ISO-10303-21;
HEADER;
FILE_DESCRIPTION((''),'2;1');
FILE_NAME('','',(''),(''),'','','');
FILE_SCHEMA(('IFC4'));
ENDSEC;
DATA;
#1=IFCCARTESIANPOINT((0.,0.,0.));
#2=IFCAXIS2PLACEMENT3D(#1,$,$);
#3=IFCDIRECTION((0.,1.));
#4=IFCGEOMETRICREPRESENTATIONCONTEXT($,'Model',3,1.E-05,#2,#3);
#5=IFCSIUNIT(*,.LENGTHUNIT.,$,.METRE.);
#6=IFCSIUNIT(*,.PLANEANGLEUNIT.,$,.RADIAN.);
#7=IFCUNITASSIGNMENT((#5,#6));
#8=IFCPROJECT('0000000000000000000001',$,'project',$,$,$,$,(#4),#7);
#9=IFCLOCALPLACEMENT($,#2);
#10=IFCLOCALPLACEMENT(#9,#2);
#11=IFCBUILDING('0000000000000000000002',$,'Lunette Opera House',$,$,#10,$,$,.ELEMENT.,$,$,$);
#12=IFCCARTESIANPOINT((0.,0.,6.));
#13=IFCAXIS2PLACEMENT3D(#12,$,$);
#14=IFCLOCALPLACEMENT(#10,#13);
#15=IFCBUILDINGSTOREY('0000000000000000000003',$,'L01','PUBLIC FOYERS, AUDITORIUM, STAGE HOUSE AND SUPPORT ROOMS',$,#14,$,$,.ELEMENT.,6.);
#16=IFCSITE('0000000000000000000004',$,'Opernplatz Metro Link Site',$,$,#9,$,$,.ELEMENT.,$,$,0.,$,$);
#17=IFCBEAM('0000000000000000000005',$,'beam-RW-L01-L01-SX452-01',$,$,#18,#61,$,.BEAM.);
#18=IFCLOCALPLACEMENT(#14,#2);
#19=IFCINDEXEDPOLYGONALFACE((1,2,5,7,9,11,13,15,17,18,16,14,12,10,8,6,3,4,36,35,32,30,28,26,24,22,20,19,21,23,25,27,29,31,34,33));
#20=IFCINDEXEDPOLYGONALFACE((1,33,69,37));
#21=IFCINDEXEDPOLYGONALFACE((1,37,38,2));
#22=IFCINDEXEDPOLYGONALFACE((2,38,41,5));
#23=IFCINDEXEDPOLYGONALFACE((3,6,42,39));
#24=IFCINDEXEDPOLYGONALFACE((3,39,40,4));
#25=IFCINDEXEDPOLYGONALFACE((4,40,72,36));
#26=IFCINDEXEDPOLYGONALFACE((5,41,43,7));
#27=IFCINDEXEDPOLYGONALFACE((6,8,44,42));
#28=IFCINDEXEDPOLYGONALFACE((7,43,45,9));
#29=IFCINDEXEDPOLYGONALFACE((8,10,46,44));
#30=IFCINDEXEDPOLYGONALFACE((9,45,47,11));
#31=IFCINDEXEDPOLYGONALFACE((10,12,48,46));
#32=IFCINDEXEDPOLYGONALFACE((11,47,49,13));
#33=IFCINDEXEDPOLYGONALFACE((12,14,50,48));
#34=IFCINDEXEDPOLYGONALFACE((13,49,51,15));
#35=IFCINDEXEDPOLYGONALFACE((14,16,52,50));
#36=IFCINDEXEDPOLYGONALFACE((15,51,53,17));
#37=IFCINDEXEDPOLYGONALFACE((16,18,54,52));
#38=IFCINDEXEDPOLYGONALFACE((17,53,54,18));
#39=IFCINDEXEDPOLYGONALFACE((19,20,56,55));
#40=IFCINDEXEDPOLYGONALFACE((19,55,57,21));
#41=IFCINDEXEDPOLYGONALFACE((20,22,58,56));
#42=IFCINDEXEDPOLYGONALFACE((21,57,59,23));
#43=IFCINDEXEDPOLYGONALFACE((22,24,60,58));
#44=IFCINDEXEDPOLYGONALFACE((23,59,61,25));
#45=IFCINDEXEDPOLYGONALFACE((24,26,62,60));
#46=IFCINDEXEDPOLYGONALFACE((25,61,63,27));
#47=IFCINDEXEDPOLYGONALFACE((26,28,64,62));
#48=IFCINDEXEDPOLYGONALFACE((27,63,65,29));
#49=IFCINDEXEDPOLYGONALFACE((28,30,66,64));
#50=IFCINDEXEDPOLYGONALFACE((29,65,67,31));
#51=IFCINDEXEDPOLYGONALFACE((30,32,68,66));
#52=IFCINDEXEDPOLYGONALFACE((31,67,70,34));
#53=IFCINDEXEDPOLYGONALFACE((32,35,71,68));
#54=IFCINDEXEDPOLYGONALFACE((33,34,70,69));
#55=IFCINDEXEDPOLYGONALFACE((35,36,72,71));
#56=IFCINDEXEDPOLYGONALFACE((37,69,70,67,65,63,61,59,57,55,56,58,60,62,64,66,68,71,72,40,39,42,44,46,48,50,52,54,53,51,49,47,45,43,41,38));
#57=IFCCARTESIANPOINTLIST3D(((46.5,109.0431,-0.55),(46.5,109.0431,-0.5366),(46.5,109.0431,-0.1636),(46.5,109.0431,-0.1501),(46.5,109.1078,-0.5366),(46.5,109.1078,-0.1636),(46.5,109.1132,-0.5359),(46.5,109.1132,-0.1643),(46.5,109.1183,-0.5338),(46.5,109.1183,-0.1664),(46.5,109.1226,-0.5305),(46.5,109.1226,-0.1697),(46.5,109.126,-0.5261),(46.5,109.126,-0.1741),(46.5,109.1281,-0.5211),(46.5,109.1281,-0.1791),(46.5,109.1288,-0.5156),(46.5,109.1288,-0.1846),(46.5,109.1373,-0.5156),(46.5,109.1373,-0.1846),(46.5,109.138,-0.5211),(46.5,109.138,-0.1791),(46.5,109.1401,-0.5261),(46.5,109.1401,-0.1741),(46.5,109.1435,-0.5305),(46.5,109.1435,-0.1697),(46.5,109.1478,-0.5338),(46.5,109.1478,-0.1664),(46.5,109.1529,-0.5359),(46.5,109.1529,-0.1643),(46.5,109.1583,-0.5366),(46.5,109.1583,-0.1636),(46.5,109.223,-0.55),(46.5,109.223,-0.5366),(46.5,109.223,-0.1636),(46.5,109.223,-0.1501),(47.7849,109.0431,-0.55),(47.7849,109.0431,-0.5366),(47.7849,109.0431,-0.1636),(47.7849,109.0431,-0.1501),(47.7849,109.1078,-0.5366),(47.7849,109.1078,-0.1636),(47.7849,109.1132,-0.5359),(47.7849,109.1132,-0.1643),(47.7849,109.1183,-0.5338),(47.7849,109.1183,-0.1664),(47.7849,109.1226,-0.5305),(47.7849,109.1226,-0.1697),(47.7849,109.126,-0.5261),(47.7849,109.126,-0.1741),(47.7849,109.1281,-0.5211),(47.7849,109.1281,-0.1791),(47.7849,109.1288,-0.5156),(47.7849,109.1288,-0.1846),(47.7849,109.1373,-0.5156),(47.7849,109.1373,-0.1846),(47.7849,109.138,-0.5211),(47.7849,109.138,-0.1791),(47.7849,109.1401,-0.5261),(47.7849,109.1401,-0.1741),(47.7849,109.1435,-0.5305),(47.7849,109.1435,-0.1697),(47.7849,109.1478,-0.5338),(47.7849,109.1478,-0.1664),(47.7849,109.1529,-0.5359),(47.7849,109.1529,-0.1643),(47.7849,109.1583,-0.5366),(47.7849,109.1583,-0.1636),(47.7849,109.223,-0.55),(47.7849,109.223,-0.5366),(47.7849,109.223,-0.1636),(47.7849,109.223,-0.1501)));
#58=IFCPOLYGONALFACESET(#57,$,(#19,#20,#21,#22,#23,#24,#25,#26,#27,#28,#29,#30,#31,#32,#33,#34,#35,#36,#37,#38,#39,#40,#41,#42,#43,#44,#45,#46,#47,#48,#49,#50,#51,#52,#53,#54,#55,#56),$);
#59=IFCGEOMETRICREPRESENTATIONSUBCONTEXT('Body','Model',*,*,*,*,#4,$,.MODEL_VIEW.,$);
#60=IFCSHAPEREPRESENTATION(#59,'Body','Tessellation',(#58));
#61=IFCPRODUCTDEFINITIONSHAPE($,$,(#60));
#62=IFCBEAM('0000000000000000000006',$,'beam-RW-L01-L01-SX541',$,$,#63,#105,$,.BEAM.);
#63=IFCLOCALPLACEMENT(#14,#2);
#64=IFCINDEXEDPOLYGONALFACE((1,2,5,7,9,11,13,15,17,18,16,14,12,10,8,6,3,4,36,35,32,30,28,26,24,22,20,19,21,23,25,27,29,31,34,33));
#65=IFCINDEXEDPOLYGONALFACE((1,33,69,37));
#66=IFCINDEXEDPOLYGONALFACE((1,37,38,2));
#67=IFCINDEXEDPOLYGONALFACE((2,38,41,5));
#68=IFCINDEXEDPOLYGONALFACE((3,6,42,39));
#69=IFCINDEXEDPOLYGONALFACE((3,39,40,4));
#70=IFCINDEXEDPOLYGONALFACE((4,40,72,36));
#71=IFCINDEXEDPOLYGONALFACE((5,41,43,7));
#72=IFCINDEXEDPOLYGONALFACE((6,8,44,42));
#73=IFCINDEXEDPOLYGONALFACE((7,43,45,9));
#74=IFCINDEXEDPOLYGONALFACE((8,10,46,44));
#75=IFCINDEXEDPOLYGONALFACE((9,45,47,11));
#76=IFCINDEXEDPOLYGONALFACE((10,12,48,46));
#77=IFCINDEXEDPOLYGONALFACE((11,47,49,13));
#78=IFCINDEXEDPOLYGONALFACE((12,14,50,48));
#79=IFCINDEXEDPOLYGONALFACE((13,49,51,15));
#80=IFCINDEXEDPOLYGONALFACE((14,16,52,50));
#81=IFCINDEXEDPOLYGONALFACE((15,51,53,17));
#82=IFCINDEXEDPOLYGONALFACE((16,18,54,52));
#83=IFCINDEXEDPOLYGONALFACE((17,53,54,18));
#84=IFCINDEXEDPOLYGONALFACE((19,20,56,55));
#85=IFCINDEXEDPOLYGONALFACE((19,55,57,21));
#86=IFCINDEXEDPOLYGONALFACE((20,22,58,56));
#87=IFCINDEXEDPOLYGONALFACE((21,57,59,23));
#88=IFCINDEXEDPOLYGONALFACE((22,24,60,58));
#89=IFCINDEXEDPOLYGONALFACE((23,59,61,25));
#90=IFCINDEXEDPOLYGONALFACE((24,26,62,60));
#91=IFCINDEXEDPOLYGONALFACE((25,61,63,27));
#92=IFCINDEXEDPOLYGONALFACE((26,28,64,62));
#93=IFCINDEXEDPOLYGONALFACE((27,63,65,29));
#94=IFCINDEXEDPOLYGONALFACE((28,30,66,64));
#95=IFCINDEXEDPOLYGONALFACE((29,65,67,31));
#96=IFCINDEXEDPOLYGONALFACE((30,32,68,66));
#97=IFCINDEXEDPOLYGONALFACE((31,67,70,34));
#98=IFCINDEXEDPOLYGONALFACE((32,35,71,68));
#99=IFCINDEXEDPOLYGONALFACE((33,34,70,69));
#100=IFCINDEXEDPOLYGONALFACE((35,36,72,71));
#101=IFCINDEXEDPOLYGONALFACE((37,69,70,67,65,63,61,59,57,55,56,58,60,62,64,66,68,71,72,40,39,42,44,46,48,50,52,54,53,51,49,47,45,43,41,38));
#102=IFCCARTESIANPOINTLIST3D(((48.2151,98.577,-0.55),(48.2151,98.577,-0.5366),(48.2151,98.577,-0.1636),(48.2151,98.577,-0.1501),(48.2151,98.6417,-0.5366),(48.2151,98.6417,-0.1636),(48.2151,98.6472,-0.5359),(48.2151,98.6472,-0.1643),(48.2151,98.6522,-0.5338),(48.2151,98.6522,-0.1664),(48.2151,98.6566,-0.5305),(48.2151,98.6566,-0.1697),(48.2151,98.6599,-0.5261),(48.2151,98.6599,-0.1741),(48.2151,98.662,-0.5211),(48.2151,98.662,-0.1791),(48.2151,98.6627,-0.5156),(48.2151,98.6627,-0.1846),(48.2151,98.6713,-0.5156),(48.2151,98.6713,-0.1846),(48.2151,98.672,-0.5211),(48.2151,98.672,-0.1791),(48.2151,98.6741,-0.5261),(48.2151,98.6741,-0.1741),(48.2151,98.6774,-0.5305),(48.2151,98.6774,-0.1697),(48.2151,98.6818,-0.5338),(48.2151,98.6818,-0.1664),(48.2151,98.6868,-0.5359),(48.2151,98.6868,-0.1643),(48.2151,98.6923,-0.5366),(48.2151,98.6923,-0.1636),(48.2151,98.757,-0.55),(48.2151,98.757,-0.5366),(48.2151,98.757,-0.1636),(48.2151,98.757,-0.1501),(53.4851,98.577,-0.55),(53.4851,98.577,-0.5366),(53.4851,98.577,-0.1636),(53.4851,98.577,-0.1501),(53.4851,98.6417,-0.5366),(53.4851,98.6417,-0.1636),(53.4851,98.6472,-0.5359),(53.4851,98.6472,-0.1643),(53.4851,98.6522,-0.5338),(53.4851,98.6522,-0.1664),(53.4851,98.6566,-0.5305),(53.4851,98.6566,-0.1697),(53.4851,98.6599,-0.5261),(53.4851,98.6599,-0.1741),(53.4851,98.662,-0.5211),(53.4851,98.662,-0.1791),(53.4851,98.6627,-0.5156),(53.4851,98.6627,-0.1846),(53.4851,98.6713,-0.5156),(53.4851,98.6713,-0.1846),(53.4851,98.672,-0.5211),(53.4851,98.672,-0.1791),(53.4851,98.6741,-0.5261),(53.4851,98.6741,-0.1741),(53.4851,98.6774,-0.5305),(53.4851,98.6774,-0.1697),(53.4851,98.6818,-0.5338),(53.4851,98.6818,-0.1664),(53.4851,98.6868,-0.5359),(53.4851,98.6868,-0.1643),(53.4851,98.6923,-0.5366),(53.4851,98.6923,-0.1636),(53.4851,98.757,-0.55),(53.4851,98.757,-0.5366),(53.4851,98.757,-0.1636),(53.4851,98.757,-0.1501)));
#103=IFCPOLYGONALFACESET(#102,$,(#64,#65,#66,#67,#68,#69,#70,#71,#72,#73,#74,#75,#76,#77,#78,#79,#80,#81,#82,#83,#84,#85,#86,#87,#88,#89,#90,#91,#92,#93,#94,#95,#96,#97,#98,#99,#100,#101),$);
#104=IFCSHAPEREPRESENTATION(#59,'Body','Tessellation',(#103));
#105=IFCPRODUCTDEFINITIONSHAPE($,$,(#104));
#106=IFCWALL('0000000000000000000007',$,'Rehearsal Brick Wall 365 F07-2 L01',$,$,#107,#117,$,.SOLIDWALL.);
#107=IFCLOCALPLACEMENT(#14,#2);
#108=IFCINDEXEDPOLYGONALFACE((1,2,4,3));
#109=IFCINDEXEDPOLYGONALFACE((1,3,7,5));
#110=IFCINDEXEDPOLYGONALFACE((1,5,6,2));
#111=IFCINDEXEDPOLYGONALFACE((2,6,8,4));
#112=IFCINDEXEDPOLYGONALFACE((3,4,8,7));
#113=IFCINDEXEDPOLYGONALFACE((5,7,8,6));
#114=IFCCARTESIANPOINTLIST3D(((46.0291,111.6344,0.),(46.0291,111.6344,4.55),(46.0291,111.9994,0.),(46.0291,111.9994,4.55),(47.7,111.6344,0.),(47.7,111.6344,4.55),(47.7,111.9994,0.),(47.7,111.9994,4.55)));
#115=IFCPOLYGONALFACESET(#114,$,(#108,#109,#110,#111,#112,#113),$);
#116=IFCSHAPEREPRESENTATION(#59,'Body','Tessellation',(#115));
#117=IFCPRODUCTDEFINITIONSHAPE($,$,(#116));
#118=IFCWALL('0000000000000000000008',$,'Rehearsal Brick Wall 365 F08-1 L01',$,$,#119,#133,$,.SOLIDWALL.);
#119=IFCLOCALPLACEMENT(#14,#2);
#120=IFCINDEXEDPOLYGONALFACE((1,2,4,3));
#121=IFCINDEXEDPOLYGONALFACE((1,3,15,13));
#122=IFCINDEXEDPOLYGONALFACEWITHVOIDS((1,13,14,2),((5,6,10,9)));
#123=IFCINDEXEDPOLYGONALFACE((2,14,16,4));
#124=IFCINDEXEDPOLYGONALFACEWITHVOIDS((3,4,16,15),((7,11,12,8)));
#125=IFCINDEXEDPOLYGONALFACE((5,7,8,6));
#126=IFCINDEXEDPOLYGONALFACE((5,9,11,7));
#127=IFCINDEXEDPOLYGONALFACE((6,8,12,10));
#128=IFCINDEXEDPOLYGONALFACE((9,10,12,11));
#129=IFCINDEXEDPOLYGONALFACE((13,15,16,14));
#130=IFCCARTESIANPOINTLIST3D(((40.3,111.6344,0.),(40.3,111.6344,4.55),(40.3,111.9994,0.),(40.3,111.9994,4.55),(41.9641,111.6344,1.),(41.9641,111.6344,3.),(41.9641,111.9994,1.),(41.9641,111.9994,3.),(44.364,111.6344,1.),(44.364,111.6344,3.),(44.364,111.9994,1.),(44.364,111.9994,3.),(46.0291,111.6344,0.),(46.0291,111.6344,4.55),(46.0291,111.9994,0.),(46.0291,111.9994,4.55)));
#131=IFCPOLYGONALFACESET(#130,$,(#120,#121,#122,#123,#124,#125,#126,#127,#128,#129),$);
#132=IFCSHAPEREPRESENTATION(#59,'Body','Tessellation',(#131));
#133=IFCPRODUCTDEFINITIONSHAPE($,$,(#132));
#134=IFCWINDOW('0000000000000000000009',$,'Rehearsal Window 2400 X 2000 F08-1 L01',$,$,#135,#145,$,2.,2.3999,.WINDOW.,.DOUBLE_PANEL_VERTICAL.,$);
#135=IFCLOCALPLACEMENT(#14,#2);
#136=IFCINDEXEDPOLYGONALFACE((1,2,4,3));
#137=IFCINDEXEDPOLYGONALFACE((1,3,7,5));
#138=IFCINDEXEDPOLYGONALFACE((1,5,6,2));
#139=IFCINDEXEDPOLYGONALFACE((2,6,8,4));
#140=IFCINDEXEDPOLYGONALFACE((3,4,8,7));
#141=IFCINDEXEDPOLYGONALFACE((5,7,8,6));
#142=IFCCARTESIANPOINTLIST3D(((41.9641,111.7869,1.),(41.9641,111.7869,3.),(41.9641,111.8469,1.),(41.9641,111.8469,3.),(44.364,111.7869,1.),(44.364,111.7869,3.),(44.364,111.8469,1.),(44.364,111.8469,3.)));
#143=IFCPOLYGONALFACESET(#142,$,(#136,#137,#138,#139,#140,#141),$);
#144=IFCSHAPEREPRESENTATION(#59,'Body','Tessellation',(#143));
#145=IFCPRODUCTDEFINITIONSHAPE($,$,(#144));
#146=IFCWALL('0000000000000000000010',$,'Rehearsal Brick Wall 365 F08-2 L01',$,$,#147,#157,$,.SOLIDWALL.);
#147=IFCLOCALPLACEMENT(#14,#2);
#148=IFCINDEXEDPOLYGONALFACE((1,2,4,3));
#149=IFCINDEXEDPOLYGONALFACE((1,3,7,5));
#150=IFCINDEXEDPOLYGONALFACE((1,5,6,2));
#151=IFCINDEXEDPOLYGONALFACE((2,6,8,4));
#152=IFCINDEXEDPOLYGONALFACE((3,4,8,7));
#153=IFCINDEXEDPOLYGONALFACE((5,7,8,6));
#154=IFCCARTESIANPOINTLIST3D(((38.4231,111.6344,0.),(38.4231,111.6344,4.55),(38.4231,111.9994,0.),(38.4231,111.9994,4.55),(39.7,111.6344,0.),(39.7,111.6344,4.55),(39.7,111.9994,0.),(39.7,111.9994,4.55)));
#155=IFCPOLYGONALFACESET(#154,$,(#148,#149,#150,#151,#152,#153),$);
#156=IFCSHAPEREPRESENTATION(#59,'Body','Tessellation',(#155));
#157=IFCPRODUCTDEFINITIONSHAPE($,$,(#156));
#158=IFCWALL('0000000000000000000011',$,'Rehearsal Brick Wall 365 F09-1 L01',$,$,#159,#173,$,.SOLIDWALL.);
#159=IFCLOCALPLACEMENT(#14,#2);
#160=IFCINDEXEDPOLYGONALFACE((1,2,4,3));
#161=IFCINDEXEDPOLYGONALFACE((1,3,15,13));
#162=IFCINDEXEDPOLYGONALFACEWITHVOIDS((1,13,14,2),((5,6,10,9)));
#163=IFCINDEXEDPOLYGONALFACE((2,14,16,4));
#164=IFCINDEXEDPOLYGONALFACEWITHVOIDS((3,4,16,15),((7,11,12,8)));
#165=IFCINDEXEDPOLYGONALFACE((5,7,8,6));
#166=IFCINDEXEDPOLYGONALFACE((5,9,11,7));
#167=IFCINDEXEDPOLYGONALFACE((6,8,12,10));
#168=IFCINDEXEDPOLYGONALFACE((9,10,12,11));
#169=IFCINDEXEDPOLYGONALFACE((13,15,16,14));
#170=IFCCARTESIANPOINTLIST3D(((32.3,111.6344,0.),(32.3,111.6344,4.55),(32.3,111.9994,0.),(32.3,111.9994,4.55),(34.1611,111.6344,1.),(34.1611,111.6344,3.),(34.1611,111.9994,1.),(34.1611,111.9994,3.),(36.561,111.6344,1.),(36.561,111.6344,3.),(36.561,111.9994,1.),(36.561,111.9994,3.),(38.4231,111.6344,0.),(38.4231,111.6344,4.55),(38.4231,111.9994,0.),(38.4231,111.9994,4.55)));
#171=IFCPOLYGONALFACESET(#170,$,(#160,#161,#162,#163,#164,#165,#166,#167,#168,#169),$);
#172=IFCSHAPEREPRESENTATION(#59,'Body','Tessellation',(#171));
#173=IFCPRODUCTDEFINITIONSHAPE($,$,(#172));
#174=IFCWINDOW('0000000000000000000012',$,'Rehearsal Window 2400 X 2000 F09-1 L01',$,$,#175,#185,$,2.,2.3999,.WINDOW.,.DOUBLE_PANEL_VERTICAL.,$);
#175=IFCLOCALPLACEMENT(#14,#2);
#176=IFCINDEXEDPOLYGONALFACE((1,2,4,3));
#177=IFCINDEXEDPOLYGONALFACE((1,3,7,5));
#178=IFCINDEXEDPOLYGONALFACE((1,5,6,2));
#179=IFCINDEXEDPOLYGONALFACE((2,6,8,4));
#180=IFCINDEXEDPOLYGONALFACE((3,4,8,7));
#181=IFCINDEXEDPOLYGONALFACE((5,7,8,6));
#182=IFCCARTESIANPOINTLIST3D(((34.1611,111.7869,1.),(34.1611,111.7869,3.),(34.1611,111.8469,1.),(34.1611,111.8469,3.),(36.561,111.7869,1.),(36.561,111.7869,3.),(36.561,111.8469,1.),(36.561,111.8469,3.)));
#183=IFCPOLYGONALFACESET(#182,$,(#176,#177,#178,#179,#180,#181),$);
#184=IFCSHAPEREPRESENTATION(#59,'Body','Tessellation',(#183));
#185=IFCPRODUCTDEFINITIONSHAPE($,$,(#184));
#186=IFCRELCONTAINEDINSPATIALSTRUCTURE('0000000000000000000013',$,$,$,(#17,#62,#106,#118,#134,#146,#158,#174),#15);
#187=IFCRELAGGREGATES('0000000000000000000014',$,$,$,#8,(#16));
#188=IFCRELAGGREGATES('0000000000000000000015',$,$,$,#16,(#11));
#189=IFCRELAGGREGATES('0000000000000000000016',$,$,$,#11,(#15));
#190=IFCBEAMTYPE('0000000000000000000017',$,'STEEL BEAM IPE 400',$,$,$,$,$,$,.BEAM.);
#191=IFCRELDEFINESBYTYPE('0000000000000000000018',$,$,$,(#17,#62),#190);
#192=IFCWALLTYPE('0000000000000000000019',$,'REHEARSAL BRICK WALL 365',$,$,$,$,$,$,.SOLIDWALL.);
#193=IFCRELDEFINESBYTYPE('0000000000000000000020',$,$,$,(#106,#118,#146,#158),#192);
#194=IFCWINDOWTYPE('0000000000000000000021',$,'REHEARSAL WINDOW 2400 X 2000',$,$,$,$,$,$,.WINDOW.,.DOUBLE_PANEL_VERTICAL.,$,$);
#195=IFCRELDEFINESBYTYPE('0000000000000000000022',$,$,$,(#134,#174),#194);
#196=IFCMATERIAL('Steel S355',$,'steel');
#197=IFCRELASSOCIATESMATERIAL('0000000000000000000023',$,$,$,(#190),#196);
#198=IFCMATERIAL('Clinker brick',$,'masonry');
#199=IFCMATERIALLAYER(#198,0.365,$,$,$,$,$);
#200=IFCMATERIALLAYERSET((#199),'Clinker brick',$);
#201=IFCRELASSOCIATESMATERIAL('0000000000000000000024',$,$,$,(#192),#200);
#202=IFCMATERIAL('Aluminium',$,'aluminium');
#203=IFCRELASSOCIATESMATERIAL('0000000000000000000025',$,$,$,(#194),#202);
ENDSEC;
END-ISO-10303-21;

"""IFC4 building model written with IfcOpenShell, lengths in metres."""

from ifc_helpers import new_model, si_unit, direction, frame, frame_2d, origin, origin_2d, place, context, subcontext, project, spatial, rectangle, i_section, extrude, material, layer, layer_set, material_profile, profile_set, type_object, element, fill, save


model = new_model("IFC4")

# Units and contexts
model_context = context("Model", 3, precision=1e-05, world=origin(), true_north=direction((0.0, 1.0)))
body_context = subcontext(model_context, "Body", "Model", "MODEL_VIEW")
ifc_project = project(units=[si_unit("LENGTHUNIT", "METRE"), si_unit("PLANEANGLEUNIT", "RADIAN")], contexts=[model_context])

# Site, building, storey
site_placement = place(None, origin())
site = spatial("IfcSite", under=ifc_project, at=site_placement, Name="Opernplatz Metro Link Site", CompositionType="ELEMENT", RefElevation=0.0)
building_placement = place(site_placement, origin())
building = spatial("IfcBuilding", under=site, at=building_placement, Name="Lunette Opera House", CompositionType="ELEMENT")
storey_placement = place(building_placement, frame((0.0, 0.0, 6.0)))
storey = spatial("IfcBuildingStorey", under=building, at=storey_placement, Name="L01", Description="PUBLIC FOYERS, AUDITORIUM, STAGE HOUSE AND SUPPORT ROOMS", CompositionType="ELEMENT", Elevation=6.0)

# Beams
ifc_material_1 = material(Name="Steel S355", Category="steel")
ifc_material_profile_1 = material_profile(ifc_material_1, i_section(OverallWidth=0.1799, OverallDepth=0.3999, WebThickness=0.0085, FlangeThickness=0.0134, FilletRadius=0.021, at=origin_2d()), Name="IPE 400")
ifc_profile_set_1 = profile_set([ifc_material_profile_1], Name="Steel S355")
beam_type_1 = type_object("IfcBeamType", Name="STEEL BEAM IPE 400", PredefinedType="BEAM", material=ifc_profile_set_1)
beam_1_placement = place(storey_placement, frame((46.5, 109.1331, -0.3501), z_axis=(1.0, 0.0, 0.0), x_axis=(0.0, 1.0, 0.0)))
element("IfcBeam", 1, at=beam_1_placement, inside=storey, type_object=beam_type_1, Name="beam-RW-L01-L01-SX452-01", PredefinedType="BEAM", context=body_context, shape_type="SweptSolid", body=[
    extrude(i_section(OverallWidth=0.1799, OverallDepth=0.3999, WebThickness=0.0085, FlangeThickness=0.0134, FilletRadius=0.021, at=origin_2d()), origin(), (0.0, 0.0, 1.0), 1.2849),
])
beam_2_placement = place(storey_placement, frame((48.2151, 98.667, -0.3501), z_axis=(1.0, 0.0, 0.0), x_axis=(0.0, 1.0, 0.0)))
element("IfcBeam", 2, at=beam_2_placement, inside=storey, type_object=beam_type_1, Name="beam-RW-L01-L01-SX541", PredefinedType="BEAM", context=body_context, shape_type="SweptSolid", body=[
    extrude(i_section(OverallWidth=0.1799, OverallDepth=0.3999, WebThickness=0.0085, FlangeThickness=0.0134, FilletRadius=0.021, at=origin_2d()), origin(), (0.0, 0.0, 1.0), 5.27),
])

# Wall
ifc_material_2 = material(Name="Clinker brick", Category="masonry")
ifc_layer_1 = layer(ifc_material_2, 0.365)
ifc_layer_set_1 = layer_set([ifc_layer_1], Name="Clinker brick")
wall_type = type_object("IfcWallType", Name="REHEARSAL BRICK WALL 365", PredefinedType="SOLIDWALL", material=ifc_layer_set_1)
wall_1_placement = place(storey_placement, frame((47.7, 111.8169, 0.0), z_axis=(0.0, 0.0, 1.0), x_axis=(-1.0, 0.0, 0.0)))
element("IfcWall", 3, at=wall_1_placement, inside=storey, type_object=wall_type, Name="Rehearsal Brick Wall 365 F07-2 L01", PredefinedType="SOLIDWALL", context=body_context, shape_type="SweptSolid", body=[
    extrude(rectangle(XDim=1.6709, YDim=0.365, at=frame_2d((0.8354, 0.0))), origin(), (0.0, 0.0, 1.0), 4.55),
])

# Wall, opening, window
wall_2_placement = place(storey_placement, frame((46.0291, 111.8169, 0.0), z_axis=(0.0, 0.0, 1.0), x_axis=(-1.0, 0.0, 0.0)))
wall_2 = element("IfcWall", 4, at=wall_2_placement, inside=storey, type_object=wall_type, Name="Rehearsal Brick Wall 365 F08-1 L01", PredefinedType="SOLIDWALL", context=body_context, shape_type="SweptSolid", body=[
    extrude(rectangle(XDim=5.729, YDim=0.365, at=frame_2d((2.8645, 0.0))), origin(), (0.0, 0.0, 1.0), 4.55),
])
opening_1_placement = place(wall_2_placement, frame((1.665, 0.0, 1.0)))
opening_1 = element("IfcOpeningElement", 5, at=opening_1_placement, cuts=wall_2, PredefinedType="OPENING", context=body_context, shape_type="SweptSolid", body=[
    extrude(rectangle(XDim=2.3999, YDim=2.0, at=frame_2d((1.2, 1.0))), frame((0.0, 0.1946, 0.0), z_axis=(0.0, -1.0, 0.0), x_axis=(1.0, 0.0, 0.0)), (0.0, 0.0, 1.0), 0.3889),
])
ifc_material_3 = material(Name="Aluminium", Category="aluminium")
window_type = type_object("IfcWindowType", Name="REHEARSAL WINDOW 2400 X 2000", PartitioningType="DOUBLE_PANEL_VERTICAL", PredefinedType="WINDOW", material=ifc_material_3)
window_1_placement = place(opening_1_placement, origin())
window_1 = element("IfcWindow", 6, at=window_1_placement, inside=storey, type_object=window_type, Name="Rehearsal Window 2400 X 2000 F08-1 L01", OverallHeight=2.0, OverallWidth=2.3999, PartitioningType="DOUBLE_PANEL_VERTICAL", PredefinedType="WINDOW", context=body_context, shape_type="SweptSolid", body=[
    extrude(rectangle(XDim=2.3999, YDim=2.0, at=frame_2d((1.2, 1.0))), frame((0.0, 0.03, 0.0), z_axis=(0.0, -1.0, 0.0), x_axis=(1.0, 0.0, 0.0)), (0.0, 0.0, 1.0), 0.0601),
])
fill(opening_1, window_1)

# Wall
wall_3_placement = place(storey_placement, frame((39.7, 111.8169, 0.0), z_axis=(0.0, 0.0, 1.0), x_axis=(-1.0, 0.0, 0.0)))
element("IfcWall", 7, at=wall_3_placement, inside=storey, type_object=wall_type, Name="Rehearsal Brick Wall 365 F08-2 L01", PredefinedType="SOLIDWALL", context=body_context, shape_type="SweptSolid", body=[
    extrude(rectangle(XDim=1.2769, YDim=0.365, at=frame_2d((0.6384, 0.0))), origin(), (0.0, 0.0, 1.0), 4.55),
])

# Wall, opening, window
wall_4_placement = place(storey_placement, frame((38.4231, 111.8169, 0.0), z_axis=(0.0, 0.0, 1.0), x_axis=(-1.0, 0.0, 0.0)))
wall_4 = element("IfcWall", 8, at=wall_4_placement, inside=storey, type_object=wall_type, Name="Rehearsal Brick Wall 365 F09-1 L01", PredefinedType="SOLIDWALL", context=body_context, shape_type="SweptSolid", body=[
    extrude(rectangle(XDim=6.123, YDim=0.365, at=frame_2d((3.0615, 0.0))), origin(), (0.0, 0.0, 1.0), 4.55),
])
opening_2_placement = place(wall_4_placement, frame((1.8621, 0.0, 1.0)))
opening_2 = element("IfcOpeningElement", 9, at=opening_2_placement, cuts=wall_4, PredefinedType="OPENING", context=body_context, shape_type="SweptSolid", body=[
    extrude(rectangle(XDim=2.3999, YDim=2.0, at=frame_2d((1.2, 1.0))), frame((0.0, 0.1946, 0.0), z_axis=(0.0, -1.0, 0.0), x_axis=(1.0, 0.0, 0.0)), (0.0, 0.0, 1.0), 0.3889),
])
window_2_placement = place(opening_2_placement, origin())
window_2 = element("IfcWindow", 10, at=window_2_placement, inside=storey, type_object=window_type, Name="Rehearsal Window 2400 X 2000 F09-1 L01", OverallHeight=2.0, OverallWidth=2.3999, PartitioningType="DOUBLE_PANEL_VERTICAL", PredefinedType="WINDOW", context=body_context, shape_type="SweptSolid", body=[
    extrude(rectangle(XDim=2.3999, YDim=2.0, at=frame_2d((1.2, 1.0))), frame((0.0, 0.03, 0.0), z_axis=(0.0, -1.0, 0.0), x_axis=(1.0, 0.0, 0.0)), (0.0, 0.0, 1.0), 0.0601),
])
fill(opening_2, window_2)

save(model, "model.ifc")
